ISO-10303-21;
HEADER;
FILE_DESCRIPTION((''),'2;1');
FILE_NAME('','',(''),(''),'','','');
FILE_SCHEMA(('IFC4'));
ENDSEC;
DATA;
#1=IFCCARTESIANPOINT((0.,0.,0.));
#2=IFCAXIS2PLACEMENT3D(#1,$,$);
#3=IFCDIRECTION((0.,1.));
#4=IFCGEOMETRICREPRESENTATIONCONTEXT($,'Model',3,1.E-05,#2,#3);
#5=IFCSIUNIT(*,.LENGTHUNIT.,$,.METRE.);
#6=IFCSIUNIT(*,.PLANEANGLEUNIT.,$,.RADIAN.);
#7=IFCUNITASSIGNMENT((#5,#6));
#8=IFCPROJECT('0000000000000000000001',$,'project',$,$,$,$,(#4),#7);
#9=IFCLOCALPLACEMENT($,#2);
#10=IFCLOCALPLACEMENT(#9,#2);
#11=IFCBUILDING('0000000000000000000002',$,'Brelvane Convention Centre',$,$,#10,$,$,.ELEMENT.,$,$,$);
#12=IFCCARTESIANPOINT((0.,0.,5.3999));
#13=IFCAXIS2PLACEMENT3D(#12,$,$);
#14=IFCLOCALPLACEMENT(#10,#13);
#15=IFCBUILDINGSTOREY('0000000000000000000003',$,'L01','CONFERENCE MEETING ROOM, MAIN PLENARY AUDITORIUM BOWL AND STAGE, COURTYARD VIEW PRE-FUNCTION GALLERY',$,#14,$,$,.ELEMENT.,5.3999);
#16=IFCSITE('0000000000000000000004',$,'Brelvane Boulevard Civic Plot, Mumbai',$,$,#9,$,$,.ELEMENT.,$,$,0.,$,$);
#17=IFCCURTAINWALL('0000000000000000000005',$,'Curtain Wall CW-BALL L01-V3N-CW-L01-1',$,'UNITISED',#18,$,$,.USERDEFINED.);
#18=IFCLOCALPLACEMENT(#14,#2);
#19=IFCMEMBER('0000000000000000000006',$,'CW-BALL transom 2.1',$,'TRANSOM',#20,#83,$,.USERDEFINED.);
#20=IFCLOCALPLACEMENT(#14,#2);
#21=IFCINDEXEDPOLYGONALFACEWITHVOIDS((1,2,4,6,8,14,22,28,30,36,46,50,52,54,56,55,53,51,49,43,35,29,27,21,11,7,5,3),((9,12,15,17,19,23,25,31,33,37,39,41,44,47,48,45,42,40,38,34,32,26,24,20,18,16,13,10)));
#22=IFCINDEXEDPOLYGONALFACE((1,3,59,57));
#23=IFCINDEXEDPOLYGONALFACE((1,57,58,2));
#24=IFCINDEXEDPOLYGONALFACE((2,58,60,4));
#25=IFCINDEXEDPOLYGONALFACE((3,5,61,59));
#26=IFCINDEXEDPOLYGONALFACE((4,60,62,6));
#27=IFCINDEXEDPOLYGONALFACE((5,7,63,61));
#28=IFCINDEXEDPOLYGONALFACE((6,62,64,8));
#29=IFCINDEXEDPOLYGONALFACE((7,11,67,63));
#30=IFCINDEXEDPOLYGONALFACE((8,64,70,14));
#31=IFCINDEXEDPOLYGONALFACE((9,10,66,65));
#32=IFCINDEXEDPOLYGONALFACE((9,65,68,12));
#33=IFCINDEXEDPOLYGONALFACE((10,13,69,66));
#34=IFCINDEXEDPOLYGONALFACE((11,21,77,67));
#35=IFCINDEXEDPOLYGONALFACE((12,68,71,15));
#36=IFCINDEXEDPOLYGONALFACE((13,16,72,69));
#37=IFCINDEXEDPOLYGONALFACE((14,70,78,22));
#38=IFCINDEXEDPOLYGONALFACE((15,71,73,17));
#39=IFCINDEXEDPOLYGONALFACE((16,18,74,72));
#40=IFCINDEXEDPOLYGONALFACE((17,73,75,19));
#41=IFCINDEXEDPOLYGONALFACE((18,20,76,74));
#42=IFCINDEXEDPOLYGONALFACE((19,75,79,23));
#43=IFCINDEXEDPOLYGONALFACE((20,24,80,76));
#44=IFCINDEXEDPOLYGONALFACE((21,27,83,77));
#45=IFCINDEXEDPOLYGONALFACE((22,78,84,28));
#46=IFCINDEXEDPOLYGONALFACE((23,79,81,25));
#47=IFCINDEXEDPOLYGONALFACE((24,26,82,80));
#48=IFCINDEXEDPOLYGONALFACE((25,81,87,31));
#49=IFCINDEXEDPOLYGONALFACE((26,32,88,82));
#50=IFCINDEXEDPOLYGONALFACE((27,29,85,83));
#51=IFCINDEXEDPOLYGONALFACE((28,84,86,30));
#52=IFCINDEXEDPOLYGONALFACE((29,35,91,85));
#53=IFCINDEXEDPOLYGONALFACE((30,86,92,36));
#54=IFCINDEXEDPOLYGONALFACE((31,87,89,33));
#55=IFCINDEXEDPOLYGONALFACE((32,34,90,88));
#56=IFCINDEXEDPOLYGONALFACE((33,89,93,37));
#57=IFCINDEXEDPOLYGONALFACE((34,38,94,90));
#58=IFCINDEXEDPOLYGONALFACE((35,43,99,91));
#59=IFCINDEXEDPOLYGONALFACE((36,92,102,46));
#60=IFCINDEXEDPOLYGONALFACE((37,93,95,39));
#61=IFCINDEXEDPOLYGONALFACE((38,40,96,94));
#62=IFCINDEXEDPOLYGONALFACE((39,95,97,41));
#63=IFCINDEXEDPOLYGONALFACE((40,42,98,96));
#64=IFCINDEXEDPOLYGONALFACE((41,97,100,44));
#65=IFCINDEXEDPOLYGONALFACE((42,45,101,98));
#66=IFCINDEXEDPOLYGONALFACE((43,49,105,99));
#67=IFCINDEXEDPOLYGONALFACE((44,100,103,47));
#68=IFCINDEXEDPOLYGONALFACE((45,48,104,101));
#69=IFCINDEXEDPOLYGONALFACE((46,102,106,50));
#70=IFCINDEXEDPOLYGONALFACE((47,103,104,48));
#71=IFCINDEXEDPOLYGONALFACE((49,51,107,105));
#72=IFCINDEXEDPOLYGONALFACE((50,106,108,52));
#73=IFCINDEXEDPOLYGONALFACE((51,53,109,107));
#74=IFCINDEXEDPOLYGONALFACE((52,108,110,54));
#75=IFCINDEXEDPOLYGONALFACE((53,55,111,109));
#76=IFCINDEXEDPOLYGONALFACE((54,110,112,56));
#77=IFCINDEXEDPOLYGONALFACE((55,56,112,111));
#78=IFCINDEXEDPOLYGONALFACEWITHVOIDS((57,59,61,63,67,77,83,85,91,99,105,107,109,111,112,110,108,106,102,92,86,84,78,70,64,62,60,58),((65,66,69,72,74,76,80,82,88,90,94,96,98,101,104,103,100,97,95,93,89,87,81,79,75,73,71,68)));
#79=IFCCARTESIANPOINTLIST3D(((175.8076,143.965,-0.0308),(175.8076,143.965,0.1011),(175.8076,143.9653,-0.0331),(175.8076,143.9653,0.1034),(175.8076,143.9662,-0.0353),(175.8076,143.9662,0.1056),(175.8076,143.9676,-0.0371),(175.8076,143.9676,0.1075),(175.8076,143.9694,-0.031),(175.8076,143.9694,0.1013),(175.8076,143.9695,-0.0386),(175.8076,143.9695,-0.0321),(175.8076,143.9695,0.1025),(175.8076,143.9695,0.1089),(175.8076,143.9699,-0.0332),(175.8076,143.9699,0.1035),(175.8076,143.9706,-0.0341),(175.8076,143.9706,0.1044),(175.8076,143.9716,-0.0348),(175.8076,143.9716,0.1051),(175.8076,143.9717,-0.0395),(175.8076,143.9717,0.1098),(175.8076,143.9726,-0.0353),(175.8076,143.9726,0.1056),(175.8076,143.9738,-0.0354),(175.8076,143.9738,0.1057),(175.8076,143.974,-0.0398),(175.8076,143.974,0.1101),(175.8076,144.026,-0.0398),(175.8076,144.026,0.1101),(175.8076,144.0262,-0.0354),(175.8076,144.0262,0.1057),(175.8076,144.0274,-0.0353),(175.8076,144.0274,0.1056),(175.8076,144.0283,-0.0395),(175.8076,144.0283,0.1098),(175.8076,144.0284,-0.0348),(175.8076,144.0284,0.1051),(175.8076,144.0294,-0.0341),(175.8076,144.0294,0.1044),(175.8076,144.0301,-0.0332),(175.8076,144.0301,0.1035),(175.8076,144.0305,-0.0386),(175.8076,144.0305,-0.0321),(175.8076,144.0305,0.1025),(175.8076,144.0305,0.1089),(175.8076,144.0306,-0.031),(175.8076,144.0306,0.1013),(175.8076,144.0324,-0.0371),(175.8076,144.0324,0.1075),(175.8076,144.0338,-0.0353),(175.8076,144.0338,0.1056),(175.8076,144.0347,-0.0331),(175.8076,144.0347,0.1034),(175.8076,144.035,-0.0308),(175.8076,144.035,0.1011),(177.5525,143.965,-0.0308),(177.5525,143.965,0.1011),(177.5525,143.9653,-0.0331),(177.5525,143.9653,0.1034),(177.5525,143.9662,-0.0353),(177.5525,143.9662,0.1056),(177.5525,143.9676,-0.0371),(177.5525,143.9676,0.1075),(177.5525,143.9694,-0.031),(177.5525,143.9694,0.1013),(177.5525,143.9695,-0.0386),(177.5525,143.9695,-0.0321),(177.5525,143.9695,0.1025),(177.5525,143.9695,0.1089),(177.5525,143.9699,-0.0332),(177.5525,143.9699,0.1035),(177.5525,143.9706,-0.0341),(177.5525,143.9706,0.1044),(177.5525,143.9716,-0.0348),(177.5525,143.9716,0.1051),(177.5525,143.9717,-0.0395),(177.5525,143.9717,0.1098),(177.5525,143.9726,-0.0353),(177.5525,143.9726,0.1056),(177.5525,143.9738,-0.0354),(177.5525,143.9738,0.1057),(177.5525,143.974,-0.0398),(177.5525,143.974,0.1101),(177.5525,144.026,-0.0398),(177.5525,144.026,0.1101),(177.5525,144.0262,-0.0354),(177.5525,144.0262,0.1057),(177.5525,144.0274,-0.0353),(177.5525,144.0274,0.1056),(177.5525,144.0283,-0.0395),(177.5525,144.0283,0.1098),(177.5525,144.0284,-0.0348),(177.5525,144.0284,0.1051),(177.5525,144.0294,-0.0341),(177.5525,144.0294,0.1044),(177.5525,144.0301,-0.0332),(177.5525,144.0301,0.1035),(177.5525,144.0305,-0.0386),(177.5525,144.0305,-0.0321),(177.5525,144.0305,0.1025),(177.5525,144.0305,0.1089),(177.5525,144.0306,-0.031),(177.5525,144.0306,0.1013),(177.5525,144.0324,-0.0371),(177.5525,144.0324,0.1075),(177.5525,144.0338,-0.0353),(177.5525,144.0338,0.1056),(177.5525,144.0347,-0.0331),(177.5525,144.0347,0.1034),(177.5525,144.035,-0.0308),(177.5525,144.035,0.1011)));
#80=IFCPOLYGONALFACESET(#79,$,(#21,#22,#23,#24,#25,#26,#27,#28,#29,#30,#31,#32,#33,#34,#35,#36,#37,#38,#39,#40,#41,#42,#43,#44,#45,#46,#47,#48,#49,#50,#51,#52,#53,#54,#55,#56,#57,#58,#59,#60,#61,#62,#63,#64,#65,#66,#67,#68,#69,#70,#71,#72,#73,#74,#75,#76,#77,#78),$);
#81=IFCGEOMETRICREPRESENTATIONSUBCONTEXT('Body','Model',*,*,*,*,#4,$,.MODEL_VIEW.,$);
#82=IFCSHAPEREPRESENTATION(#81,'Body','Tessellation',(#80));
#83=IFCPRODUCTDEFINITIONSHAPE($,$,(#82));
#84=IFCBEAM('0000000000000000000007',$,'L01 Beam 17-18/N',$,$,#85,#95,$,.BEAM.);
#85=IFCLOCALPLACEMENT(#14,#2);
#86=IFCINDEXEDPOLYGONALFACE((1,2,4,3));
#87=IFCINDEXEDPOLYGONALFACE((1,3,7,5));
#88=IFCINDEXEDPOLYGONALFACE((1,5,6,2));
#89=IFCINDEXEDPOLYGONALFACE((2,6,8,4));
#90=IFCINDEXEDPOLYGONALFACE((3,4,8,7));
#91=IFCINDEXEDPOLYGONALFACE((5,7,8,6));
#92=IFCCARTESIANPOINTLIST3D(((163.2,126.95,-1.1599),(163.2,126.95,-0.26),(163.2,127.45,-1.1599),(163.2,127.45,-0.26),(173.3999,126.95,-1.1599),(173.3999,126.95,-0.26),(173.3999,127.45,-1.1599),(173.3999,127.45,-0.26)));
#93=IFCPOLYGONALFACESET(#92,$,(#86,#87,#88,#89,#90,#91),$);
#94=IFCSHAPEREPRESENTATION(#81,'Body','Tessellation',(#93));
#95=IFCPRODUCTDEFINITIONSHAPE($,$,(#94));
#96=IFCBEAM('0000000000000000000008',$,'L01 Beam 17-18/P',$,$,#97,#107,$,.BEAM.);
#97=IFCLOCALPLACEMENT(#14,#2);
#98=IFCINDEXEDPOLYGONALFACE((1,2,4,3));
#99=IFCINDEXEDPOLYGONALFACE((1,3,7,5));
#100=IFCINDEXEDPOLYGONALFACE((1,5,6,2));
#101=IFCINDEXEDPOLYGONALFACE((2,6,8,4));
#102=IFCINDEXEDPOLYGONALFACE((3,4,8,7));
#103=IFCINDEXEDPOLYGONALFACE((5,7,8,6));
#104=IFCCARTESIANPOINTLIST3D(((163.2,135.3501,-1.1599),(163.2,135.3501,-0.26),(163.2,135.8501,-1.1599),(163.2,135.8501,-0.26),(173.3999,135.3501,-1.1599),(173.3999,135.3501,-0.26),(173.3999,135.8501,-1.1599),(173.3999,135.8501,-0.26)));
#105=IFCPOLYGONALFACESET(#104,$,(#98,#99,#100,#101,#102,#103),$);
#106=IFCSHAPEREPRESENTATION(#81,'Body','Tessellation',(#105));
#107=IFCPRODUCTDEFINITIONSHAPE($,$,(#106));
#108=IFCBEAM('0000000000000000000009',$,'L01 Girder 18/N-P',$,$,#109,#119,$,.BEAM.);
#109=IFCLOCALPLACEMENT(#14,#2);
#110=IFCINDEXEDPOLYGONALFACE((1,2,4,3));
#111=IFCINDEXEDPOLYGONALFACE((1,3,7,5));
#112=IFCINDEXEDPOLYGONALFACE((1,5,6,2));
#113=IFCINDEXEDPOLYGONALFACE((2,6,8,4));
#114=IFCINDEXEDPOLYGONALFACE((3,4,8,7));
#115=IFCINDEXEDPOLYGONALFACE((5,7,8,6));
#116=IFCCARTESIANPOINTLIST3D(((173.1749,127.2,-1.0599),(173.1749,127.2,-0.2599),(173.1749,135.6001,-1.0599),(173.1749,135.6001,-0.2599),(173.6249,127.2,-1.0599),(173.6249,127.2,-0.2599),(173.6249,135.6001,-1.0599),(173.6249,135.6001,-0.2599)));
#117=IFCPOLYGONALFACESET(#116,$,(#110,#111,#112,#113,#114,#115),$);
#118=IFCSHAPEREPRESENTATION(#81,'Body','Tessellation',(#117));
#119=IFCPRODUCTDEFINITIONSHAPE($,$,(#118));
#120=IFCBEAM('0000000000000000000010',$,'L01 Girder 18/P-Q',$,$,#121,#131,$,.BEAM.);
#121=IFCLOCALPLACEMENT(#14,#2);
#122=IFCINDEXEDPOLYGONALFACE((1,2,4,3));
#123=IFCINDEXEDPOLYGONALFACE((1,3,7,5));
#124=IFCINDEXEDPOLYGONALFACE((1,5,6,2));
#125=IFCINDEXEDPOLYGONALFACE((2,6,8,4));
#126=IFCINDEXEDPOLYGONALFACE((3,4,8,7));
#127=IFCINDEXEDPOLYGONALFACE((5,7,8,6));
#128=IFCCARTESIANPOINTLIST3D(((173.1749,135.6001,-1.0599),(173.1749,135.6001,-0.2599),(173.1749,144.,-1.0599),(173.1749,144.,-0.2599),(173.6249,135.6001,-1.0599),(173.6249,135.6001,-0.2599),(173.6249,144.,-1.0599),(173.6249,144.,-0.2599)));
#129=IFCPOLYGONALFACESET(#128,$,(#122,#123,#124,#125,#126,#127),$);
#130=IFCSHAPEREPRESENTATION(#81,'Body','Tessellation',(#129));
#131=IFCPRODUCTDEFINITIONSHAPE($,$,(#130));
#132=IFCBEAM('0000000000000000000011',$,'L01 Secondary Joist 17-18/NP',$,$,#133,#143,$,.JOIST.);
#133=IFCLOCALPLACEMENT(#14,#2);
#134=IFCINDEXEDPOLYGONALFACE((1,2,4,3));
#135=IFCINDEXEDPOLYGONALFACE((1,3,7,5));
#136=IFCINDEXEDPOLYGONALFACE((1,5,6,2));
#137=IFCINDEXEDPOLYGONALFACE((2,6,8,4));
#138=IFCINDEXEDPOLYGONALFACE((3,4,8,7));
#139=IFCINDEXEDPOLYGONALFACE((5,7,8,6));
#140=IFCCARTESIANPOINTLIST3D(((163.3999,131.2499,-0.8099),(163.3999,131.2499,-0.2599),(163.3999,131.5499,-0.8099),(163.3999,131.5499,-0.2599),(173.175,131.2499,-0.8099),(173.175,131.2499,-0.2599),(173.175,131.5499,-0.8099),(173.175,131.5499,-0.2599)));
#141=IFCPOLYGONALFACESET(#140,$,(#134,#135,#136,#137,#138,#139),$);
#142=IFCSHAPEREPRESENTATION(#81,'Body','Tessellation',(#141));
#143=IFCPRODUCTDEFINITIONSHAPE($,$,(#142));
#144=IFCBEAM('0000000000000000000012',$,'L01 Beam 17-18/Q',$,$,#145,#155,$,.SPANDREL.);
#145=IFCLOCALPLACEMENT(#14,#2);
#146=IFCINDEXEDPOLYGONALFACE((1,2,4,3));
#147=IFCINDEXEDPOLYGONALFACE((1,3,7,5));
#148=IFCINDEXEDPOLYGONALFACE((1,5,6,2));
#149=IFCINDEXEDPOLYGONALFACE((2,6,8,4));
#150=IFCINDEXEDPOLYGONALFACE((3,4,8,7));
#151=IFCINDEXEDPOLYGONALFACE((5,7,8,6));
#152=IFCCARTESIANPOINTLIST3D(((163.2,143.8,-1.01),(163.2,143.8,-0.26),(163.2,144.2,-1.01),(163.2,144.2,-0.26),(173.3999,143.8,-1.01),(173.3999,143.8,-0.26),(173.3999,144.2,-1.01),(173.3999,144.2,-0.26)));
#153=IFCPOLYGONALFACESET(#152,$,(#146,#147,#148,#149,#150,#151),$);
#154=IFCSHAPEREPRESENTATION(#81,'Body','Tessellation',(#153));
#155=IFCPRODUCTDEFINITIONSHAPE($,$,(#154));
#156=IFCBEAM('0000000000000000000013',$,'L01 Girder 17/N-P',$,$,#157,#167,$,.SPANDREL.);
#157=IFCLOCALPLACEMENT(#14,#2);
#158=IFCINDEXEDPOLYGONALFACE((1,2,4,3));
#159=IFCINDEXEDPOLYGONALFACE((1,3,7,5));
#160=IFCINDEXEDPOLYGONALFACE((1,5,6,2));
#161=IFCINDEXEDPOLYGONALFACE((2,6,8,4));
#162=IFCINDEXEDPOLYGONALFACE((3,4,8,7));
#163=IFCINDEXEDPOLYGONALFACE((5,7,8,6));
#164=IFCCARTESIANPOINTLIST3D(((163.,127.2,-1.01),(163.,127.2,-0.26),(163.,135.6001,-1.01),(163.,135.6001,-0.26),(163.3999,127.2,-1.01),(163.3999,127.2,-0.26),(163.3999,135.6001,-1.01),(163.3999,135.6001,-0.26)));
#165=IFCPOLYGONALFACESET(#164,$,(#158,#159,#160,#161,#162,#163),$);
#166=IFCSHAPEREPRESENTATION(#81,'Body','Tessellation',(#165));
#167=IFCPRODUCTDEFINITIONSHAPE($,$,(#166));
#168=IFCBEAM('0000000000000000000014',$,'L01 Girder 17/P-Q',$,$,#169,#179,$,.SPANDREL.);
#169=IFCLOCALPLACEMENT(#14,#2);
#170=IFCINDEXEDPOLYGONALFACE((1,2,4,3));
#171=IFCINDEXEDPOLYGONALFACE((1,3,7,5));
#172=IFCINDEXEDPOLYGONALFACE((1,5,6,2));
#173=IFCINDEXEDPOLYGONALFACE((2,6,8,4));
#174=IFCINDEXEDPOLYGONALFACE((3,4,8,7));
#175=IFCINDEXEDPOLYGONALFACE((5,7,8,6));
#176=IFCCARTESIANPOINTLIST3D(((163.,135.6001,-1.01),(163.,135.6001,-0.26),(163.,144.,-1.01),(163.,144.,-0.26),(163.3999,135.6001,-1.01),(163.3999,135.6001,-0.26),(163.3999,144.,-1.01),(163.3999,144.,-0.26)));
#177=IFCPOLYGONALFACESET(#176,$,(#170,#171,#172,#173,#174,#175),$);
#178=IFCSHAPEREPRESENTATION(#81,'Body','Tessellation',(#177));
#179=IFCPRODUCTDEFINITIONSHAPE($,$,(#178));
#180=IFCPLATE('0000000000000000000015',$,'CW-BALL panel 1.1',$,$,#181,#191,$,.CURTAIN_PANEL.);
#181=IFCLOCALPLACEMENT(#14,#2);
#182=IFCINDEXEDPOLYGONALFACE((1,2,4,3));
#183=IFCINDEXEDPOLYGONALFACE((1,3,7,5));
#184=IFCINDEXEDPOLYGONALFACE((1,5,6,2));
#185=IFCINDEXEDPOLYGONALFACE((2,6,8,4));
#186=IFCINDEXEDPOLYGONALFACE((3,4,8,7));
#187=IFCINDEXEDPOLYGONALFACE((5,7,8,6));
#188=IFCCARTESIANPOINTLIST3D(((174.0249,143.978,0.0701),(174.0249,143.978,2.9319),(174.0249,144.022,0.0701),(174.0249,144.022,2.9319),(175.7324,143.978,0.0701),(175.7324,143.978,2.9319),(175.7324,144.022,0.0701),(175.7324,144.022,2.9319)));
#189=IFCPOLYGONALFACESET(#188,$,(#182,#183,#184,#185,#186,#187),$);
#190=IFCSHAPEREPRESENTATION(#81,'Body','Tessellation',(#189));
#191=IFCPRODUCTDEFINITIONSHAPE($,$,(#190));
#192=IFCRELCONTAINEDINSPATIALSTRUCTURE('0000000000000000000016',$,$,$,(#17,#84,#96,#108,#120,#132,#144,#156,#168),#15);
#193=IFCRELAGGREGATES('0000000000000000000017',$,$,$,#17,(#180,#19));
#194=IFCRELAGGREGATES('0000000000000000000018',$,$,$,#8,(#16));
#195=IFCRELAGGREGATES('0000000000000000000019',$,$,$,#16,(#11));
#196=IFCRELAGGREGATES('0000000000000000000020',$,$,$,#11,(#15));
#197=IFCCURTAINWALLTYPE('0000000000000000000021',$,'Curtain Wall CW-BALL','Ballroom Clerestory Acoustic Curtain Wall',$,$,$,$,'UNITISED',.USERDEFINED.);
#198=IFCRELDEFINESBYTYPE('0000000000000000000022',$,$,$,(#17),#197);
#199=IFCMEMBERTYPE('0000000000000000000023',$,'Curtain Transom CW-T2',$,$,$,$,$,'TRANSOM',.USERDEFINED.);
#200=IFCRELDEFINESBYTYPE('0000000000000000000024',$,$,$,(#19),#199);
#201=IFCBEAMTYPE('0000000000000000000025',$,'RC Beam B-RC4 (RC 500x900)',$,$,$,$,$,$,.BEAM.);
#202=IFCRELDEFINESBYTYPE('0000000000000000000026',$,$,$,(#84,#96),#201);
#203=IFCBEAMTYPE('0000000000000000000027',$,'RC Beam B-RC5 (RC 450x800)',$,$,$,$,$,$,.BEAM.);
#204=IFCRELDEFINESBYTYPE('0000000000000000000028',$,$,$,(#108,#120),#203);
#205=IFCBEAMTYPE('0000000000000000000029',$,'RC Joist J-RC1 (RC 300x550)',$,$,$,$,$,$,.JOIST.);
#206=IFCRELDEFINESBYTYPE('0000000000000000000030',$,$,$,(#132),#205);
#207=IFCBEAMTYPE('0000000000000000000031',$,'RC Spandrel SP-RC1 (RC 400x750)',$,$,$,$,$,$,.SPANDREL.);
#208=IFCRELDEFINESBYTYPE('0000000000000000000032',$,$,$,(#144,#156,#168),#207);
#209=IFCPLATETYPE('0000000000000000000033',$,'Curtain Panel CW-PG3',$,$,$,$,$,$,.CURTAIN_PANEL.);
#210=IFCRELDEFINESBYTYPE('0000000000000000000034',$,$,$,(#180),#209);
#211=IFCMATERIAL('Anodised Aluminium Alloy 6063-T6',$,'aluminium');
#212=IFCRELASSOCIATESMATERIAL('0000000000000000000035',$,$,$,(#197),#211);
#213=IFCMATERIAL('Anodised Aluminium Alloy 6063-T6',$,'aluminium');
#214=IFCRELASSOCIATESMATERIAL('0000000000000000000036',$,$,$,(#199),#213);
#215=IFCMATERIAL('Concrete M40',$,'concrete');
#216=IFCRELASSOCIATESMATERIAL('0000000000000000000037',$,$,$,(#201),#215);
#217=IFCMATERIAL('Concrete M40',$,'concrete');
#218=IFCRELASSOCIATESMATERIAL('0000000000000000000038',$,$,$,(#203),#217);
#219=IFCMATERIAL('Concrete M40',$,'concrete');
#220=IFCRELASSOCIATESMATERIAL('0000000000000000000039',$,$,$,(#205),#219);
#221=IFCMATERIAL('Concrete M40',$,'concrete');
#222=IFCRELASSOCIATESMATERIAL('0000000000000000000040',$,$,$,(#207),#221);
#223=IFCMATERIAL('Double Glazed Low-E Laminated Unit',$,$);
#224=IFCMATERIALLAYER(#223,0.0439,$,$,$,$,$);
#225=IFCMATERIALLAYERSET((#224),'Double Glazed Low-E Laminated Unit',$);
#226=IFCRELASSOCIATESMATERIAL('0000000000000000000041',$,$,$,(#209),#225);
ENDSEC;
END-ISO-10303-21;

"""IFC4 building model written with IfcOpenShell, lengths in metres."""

from ifc_helpers import new_model, si_unit, direction, frame, origin, origin_2d, place, context, subcontext, project, spatial, rectangle, hollow_rectangle, extrude, material, layer, layer_set, material_profile, profile_set, type_object, element, aggregate, save


model = new_model("IFC4")

# Units and contexts
model_context = context("Model", 3, precision=1e-05, world=origin(), true_north=direction((0.0, 1.0)))
body_context = subcontext(model_context, "Body", "Model", "MODEL_VIEW")
ifc_project = project(units=[si_unit("LENGTHUNIT", "METRE"), si_unit("PLANEANGLEUNIT", "RADIAN")], contexts=[model_context])

# Site, building, storey
site_placement = place(None, origin())
site = spatial("IfcSite", under=ifc_project, at=site_placement, Name="Brelvane Boulevard Civic Plot, Mumbai", CompositionType="ELEMENT", RefElevation=0.0)
building_placement = place(site_placement, origin())
building = spatial("IfcBuilding", under=site, at=building_placement, Name="Brelvane Convention Centre", CompositionType="ELEMENT")
storey_placement = place(building_placement, frame((0.0, 0.0, 5.3999)))
storey = spatial("IfcBuildingStorey", under=building, at=storey_placement, Name="L01", Description="CONFERENCE MEETING ROOM, MAIN PLENARY AUDITORIUM BOWL AND STAGE, COURTYARD VIEW PRE-FUNCTION GALLERY", CompositionType="ELEMENT", Elevation=5.3999)

# Curtain wall, member
ifc_material_1 = material(Name="Anodised Aluminium Alloy 6063-T6", Category="aluminium")
curtain_wall_type = type_object("IfcCurtainWallType", Name="Curtain Wall CW-BALL", Description="Ballroom Clerestory Acoustic Curtain Wall", ElementType="UNITISED", PredefinedType="USERDEFINED", material=ifc_material_1)
curtain_wall_placement = place(storey_placement, origin())
curtain_wall = element("IfcCurtainWall", 1, at=curtain_wall_placement, inside=storey, type_object=curtain_wall_type, Name="Curtain Wall CW-BALL L01-V3N-CW-L01-1", ObjectType="UNITISED", PredefinedType="USERDEFINED")
ifc_material_2 = material(Name="Anodised Aluminium Alloy 6063-T6", Category="aluminium")
ifc_material_profile_1 = material_profile(ifc_material_2, hollow_rectangle(XDim=0.0701, YDim=0.1499, WallThickness=0.0044, InnerFilletRadius=0.0044, OuterFilletRadius=0.009, at=origin_2d()), Name="ALU-T 150x70x4.5")
ifc_profile_set_1 = profile_set([ifc_material_profile_1], Name="Anodised Aluminium Alloy 6063-T6")
member_type_1 = type_object("IfcMemberType", Name="Curtain Transom CW-T2", ElementType="TRANSOM", PredefinedType="USERDEFINED", material=ifc_profile_set_1)
member_1_placement = place(storey_placement, frame((175.8076, 144.0, 0.0352), z_axis=(1.0, 0.0, 0.0), x_axis=(0.0, 1.0, 0.0)))
member_1 = element("IfcMember", 2, at=member_1_placement, type_object=member_type_1, Name="CW-BALL transom 2.1", ObjectType="TRANSOM", PredefinedType="USERDEFINED", context=body_context, shape_type="SweptSolid", body=[
    extrude(hollow_rectangle(XDim=0.0701, YDim=0.1499, WallThickness=0.0044, InnerFilletRadius=0.0044, OuterFilletRadius=0.009, at=origin_2d()), origin(), (0.0, 0.0, 1.0), 1.7449),
])

# Beams
ifc_material_3 = material(Name="Concrete M40", Category="concrete")
ifc_material_profile_2 = material_profile(ifc_material_3, rectangle(XDim=0.5, YDim=0.8999, at=origin_2d()), Name="RC 500x900")
ifc_profile_set_2 = profile_set([ifc_material_profile_2], Name="Concrete M40")
beam_type_1 = type_object("IfcBeamType", Name="RC Beam B-RC4 (RC 500x900)", PredefinedType="BEAM", material=ifc_profile_set_2)
for number, where, z_axis, x_axis, name in (
    (3, (163.2, 127.2, -0.71), (1.0, 0.0, 0.0), (0.0, 1.0, 0.0), "L01 Beam 17-18/N"),
    (4, (163.2, 135.6001, -0.71), (1.0, 0.0, 0.0), (0.0, 1.0, 0.0), "L01 Beam 17-18/P"),
):
    element("IfcBeam", number, at=place(storey_placement, frame(where, z_axis=z_axis, x_axis=x_axis)), inside=storey, type_object=beam_type_1, Name=name, PredefinedType="BEAM", context=body_context, shape_type="SweptSolid", body=[
        extrude(rectangle(XDim=0.5, YDim=0.8999, at=origin_2d()), origin(), (0.0, 0.0, 1.0), 10.2),
    ])
ifc_material_4 = material(Name="Concrete M40", Category="concrete")
ifc_material_profile_3 = material_profile(ifc_material_4, rectangle(XDim=0.45, YDim=0.8, at=origin_2d()), Name="RC 450x800")
ifc_profile_set_3 = profile_set([ifc_material_profile_3], Name="Concrete M40")
beam_type_2 = type_object("IfcBeamType", Name="RC Beam B-RC5 (RC 450x800)", PredefinedType="BEAM", material=ifc_profile_set_3)
beam_1_placement = place(storey_placement, frame((173.3999, 127.2, -0.6599), z_axis=(0.0, 1.0, 0.0), x_axis=(-1.0, 0.0, 0.0)))
element("IfcBeam", 5, at=beam_1_placement, inside=storey, type_object=beam_type_2, Name="L01 Girder 18/N-P", PredefinedType="BEAM", context=body_context, shape_type="SweptSolid", body=[
    extrude(rectangle(XDim=0.45, YDim=0.8, at=origin_2d()), origin(), (0.0, 0.0, 1.0), 8.4001),
])
beam_2_placement = place(storey_placement, frame((173.3999, 135.6001, -0.6599), z_axis=(0.0, 1.0, 0.0), x_axis=(-1.0, 0.0, 0.0)))
element("IfcBeam", 6, at=beam_2_placement, inside=storey, type_object=beam_type_2, Name="L01 Girder 18/P-Q", PredefinedType="BEAM", context=body_context, shape_type="SweptSolid", body=[
    extrude(rectangle(XDim=0.45, YDim=0.8, at=origin_2d()), origin(), (0.0, 0.0, 1.0), 8.3999),
])
ifc_material_5 = material(Name="Concrete M40", Category="concrete")
ifc_material_profile_4 = material_profile(ifc_material_5, rectangle(XDim=0.3, YDim=0.55, at=origin_2d()), Name="RC 300x550")
ifc_profile_set_4 = profile_set([ifc_material_profile_4], Name="Concrete M40")
beam_type_3 = type_object("IfcBeamType", Name="RC Joist J-RC1 (RC 300x550)", PredefinedType="JOIST", material=ifc_profile_set_4)
beam_3_placement = place(storey_placement, frame((163.3999, 131.3999, -0.5349), z_axis=(1.0, 0.0, 0.0), x_axis=(0.0, 1.0, 0.0)))
element("IfcBeam", 7, at=beam_3_placement, inside=storey, type_object=beam_type_3, Name="L01 Secondary Joist 17-18/NP", PredefinedType="JOIST", context=body_context, shape_type="SweptSolid", body=[
    extrude(rectangle(XDim=0.3, YDim=0.55, at=origin_2d()), origin(), (0.0, 0.0, 1.0), 9.7751),
])
ifc_material_6 = material(Name="Concrete M40", Category="concrete")
ifc_material_profile_5 = material_profile(ifc_material_6, rectangle(XDim=0.3999, YDim=0.75, at=origin_2d()), Name="RC 400x750")
ifc_profile_set_5 = profile_set([ifc_material_profile_5], Name="Concrete M40")
beam_type_4 = type_object("IfcBeamType", Name="RC Spandrel SP-RC1 (RC 400x750)", PredefinedType="SPANDREL", material=ifc_profile_set_5)
beam_4_placement = place(storey_placement, frame((163.2, 144.0, -0.635), z_axis=(1.0, 0.0, 0.0), x_axis=(0.0, 1.0, 0.0)))
element("IfcBeam", 8, at=beam_4_placement, inside=storey, type_object=beam_type_4, Name="L01 Beam 17-18/Q", PredefinedType="SPANDREL", context=body_context, shape_type="SweptSolid", body=[
    extrude(rectangle(XDim=0.3999, YDim=0.75, at=origin_2d()), origin(), (0.0, 0.0, 1.0), 10.2),
])
beam_5_placement = place(storey_placement, frame((163.2, 127.2, -0.635), z_axis=(0.0, 1.0, 0.0), x_axis=(-1.0, 0.0, 0.0)))
element("IfcBeam", 9, at=beam_5_placement, inside=storey, type_object=beam_type_4, Name="L01 Girder 17/N-P", PredefinedType="SPANDREL", context=body_context, shape_type="SweptSolid", body=[
    extrude(rectangle(XDim=0.3999, YDim=0.75, at=origin_2d()), origin(), (0.0, 0.0, 1.0), 8.4001),
])
beam_6_placement = place(storey_placement, frame((163.2, 135.6001, -0.635), z_axis=(0.0, 1.0, 0.0), x_axis=(-1.0, 0.0, 0.0)))
element("IfcBeam", 10, at=beam_6_placement, inside=storey, type_object=beam_type_4, Name="L01 Girder 17/P-Q", PredefinedType="SPANDREL", context=body_context, shape_type="SweptSolid", body=[
    extrude(rectangle(XDim=0.3999, YDim=0.75, at=origin_2d()), origin(), (0.0, 0.0, 1.0), 8.3999),
])

# Plate
ifc_material_7 = material(Name="Double Glazed Low-E Laminated Unit")
ifc_layer_1 = layer(ifc_material_7, 0.0439)
ifc_layer_set_1 = layer_set([ifc_layer_1], Name="Double Glazed Low-E Laminated Unit")
plate_type = type_object("IfcPlateType", Name="Curtain Panel CW-PG3", PredefinedType="CURTAIN_PANEL", material=ifc_layer_set_1)
plate_1_placement = place(storey_placement, frame((174.8787, 144.0, 0.0701), z_axis=(0.0, 0.0, 1.0), x_axis=(1.0, 0.0, 0.0)))
plate_1 = element("IfcPlate", 11, at=plate_1_placement, type_object=plate_type, Name="CW-BALL panel 1.1", PredefinedType="CURTAIN_PANEL", context=body_context, shape_type="SweptSolid", body=[
    extrude(rectangle(XDim=1.7075, YDim=0.0439, at=origin_2d()), origin(), (0.0, 0.0, 1.0), 2.8618),
])
aggregate(curtain_wall, [plate_1, member_1])

save(model, "model.ifc")
